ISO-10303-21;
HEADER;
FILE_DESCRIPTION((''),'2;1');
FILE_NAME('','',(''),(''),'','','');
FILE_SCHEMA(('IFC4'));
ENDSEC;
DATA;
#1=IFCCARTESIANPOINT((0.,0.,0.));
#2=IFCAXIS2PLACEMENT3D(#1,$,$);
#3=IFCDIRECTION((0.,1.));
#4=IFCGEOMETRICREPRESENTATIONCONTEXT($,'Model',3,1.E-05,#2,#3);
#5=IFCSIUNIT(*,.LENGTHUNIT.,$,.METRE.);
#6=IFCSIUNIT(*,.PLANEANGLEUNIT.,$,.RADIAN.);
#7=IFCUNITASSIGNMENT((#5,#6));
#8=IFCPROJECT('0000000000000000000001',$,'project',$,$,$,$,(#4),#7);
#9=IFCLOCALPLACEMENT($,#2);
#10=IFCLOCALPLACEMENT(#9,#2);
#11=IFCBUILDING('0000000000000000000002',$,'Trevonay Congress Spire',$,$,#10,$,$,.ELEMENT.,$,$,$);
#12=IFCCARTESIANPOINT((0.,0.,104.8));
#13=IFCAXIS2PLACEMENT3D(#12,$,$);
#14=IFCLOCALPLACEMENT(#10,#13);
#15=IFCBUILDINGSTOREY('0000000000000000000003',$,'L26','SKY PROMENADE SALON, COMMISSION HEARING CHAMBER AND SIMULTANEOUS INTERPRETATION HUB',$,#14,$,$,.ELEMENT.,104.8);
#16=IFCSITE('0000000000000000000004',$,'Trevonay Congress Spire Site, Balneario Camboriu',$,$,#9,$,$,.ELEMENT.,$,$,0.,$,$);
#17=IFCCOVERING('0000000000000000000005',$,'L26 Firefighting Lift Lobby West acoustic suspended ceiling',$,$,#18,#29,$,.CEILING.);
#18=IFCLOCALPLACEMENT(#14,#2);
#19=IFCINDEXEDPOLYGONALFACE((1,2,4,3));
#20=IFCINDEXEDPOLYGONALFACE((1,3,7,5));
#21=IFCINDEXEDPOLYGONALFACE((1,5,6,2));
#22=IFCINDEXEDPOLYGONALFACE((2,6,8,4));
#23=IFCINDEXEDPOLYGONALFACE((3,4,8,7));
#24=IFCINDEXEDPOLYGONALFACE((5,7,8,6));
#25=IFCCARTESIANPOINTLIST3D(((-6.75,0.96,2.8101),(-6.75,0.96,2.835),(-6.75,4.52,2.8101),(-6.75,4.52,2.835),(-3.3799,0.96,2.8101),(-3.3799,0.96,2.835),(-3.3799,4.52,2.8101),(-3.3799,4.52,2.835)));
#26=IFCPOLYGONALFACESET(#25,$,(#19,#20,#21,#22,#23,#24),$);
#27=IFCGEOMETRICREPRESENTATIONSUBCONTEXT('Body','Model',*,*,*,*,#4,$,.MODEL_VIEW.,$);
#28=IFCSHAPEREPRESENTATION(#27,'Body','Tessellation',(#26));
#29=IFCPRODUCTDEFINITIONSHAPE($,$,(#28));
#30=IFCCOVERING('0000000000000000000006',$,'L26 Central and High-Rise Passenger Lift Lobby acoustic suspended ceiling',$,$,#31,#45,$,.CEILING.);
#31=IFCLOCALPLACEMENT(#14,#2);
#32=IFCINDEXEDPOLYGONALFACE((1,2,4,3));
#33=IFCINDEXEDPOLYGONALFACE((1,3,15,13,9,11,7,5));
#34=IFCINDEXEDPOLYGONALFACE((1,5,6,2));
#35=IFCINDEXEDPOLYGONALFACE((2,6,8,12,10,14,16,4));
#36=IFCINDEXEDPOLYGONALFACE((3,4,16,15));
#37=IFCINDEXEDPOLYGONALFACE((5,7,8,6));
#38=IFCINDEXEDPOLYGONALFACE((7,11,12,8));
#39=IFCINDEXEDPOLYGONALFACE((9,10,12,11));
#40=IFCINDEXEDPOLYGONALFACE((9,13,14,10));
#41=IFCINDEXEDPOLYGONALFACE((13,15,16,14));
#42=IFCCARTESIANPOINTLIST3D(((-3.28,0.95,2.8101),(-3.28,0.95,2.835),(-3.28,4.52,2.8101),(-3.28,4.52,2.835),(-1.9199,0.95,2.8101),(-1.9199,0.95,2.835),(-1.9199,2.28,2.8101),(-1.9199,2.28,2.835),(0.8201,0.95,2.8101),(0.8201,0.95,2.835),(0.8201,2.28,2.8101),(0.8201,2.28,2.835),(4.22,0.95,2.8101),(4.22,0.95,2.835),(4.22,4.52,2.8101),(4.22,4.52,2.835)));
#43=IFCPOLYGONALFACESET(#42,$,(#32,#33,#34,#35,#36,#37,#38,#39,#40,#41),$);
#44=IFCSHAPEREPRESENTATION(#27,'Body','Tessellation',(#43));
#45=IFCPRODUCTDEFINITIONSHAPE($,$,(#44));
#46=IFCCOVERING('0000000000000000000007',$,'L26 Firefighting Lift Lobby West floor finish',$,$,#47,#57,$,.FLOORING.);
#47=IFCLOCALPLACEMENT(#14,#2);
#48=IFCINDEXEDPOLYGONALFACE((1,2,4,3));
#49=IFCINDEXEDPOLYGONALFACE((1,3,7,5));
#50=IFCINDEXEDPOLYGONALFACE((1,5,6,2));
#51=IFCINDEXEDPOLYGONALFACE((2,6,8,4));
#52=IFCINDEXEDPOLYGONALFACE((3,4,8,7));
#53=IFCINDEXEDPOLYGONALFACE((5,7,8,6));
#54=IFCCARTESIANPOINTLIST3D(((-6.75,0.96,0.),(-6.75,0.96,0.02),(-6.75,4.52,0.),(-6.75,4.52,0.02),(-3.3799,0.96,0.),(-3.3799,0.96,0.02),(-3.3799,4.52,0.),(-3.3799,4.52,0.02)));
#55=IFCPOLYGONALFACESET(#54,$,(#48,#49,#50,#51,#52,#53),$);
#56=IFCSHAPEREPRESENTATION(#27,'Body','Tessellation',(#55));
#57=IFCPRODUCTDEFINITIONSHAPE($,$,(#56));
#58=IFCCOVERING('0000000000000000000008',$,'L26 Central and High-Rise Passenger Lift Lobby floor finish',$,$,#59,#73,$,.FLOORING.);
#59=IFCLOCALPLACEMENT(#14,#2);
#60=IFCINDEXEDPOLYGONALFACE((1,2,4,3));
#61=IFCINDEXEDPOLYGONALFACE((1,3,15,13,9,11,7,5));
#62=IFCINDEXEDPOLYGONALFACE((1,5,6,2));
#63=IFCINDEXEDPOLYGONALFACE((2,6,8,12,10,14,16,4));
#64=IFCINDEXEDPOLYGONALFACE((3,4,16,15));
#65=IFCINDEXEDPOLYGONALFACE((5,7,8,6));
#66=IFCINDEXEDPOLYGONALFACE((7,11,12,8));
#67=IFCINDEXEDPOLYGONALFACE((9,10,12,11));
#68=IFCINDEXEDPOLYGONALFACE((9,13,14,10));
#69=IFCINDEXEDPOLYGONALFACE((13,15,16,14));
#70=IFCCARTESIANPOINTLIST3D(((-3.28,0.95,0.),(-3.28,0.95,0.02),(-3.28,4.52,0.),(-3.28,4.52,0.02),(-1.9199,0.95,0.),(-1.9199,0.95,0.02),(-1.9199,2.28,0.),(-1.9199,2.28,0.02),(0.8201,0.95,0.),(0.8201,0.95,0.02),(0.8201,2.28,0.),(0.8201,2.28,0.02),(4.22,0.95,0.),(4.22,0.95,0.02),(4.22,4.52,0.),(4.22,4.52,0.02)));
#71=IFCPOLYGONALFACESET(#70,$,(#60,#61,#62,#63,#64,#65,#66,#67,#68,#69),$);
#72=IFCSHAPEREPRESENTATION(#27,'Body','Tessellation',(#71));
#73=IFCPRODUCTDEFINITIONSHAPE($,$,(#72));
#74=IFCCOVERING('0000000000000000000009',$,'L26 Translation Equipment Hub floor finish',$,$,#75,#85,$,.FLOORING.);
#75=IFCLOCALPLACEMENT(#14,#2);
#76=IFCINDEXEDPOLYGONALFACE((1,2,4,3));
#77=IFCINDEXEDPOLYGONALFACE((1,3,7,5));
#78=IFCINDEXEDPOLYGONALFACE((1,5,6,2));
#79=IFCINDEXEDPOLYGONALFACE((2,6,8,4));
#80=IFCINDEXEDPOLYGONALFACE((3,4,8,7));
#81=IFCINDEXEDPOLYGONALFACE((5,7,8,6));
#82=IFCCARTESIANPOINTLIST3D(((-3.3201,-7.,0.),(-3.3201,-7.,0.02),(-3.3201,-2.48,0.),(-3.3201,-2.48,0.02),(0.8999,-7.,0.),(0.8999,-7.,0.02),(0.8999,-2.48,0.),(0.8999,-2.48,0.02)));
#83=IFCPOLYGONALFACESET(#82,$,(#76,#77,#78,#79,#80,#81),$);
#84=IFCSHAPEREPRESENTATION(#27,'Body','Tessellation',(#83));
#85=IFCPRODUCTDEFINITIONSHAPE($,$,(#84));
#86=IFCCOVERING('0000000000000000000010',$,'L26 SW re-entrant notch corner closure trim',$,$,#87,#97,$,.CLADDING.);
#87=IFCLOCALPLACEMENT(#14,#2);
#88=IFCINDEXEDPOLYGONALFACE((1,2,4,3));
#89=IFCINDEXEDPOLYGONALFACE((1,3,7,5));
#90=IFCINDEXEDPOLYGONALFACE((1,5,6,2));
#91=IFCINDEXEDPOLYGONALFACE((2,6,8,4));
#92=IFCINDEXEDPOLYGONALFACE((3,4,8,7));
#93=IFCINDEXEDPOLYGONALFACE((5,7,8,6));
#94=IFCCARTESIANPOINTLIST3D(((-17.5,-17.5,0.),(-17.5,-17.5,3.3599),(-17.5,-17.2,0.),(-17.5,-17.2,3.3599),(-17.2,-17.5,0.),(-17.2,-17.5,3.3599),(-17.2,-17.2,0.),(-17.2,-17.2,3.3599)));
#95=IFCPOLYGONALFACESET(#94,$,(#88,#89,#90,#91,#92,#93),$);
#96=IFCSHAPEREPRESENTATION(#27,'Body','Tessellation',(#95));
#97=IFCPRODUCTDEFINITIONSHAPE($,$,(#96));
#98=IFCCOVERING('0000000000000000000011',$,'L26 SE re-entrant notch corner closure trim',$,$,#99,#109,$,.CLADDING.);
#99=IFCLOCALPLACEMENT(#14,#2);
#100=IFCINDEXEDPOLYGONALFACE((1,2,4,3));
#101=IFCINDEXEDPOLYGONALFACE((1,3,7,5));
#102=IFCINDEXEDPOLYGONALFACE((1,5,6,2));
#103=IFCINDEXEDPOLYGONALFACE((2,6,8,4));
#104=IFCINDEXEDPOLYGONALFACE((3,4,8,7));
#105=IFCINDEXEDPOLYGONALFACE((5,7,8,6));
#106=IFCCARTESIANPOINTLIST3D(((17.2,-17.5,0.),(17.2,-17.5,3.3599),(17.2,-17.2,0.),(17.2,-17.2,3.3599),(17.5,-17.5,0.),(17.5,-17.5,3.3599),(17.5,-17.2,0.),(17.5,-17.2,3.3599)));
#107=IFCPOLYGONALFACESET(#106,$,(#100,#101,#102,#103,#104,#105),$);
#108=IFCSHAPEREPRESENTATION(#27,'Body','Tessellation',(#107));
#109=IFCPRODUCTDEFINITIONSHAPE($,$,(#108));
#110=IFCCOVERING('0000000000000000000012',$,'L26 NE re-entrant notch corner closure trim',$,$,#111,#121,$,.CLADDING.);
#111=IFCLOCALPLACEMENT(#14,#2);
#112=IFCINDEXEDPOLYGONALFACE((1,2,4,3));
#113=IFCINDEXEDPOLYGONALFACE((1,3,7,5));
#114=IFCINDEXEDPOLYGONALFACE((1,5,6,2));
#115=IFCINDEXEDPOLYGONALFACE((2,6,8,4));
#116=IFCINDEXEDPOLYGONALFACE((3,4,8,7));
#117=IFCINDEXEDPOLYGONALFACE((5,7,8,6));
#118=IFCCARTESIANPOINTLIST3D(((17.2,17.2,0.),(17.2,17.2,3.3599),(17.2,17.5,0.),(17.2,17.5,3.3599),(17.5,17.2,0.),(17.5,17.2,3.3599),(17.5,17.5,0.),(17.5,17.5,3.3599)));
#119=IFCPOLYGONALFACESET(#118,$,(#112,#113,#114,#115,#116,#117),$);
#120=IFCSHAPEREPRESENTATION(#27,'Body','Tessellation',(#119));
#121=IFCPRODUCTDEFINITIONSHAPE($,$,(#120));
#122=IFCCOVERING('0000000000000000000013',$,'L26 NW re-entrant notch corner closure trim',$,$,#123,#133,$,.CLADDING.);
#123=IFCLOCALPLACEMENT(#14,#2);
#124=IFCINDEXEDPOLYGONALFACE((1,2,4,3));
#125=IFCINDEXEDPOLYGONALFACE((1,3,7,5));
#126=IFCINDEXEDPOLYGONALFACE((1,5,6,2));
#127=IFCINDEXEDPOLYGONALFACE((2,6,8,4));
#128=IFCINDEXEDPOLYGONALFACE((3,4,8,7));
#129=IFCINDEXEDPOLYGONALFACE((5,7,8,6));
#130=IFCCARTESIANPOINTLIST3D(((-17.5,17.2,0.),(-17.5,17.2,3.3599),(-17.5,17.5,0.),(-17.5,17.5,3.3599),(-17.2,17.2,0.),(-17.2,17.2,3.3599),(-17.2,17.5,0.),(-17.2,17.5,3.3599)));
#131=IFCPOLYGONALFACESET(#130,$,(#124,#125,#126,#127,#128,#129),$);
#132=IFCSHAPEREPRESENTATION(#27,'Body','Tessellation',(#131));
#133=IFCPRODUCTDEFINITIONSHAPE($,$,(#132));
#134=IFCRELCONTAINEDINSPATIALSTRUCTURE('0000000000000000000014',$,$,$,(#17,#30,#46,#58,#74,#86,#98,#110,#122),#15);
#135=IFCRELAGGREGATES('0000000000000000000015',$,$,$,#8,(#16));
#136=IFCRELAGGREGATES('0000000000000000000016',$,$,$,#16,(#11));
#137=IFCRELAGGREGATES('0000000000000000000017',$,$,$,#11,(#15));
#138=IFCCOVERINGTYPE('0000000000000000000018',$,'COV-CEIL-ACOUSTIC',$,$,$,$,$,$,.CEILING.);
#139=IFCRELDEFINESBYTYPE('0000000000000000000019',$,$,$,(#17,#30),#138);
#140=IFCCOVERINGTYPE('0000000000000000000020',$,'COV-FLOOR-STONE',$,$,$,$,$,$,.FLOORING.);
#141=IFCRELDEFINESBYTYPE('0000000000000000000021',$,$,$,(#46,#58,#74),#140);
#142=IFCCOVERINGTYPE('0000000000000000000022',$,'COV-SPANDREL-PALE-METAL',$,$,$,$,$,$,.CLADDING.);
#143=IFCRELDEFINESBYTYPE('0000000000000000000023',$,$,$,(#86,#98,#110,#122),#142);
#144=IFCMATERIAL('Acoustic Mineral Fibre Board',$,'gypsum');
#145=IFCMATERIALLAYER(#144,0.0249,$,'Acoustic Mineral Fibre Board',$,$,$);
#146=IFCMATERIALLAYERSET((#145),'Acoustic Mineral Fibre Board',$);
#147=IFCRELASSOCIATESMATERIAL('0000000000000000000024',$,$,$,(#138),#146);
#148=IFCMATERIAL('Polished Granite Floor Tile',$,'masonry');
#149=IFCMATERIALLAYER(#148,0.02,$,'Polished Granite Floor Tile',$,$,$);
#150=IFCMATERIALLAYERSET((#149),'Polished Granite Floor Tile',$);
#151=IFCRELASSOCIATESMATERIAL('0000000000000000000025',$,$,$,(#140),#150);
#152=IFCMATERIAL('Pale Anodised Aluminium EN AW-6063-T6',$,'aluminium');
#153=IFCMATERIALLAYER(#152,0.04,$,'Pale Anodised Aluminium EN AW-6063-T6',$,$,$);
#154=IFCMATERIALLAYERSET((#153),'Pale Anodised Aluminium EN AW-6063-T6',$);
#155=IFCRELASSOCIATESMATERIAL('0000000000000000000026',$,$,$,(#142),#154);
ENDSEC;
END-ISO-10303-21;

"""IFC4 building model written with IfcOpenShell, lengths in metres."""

from ifc_helpers import new_model, si_unit, direction, frame, origin, place, context, subcontext, project, spatial, polyline, outline, extrude, material, layer, layer_set, type_object, element, save


model = new_model("IFC4")

# Units and contexts
model_context = context("Model", 3, precision=1e-05, world=origin(), true_north=direction((0.0, 1.0)))
body_context = subcontext(model_context, "Body", "Model", "MODEL_VIEW")
ifc_project = project(units=[si_unit("LENGTHUNIT", "METRE"), si_unit("PLANEANGLEUNIT", "RADIAN")], contexts=[model_context])

# Site, building, storey
site_placement = place(None, origin())
site = spatial("IfcSite", under=ifc_project, at=site_placement, Name="Trevonay Congress Spire Site, Balneario Camboriu", CompositionType="ELEMENT", RefElevation=0.0)
building_placement = place(site_placement, origin())
building = spatial("IfcBuilding", under=site, at=building_placement, Name="Trevonay Congress Spire", CompositionType="ELEMENT")
storey_placement = place(building_placement, frame((0.0, 0.0, 104.8)))
storey = spatial("IfcBuildingStorey", under=building, at=storey_placement, Name="L26", Description="SKY PROMENADE SALON, COMMISSION HEARING CHAMBER AND SIMULTANEOUS INTERPRETATION HUB", CompositionType="ELEMENT", Elevation=104.8)

# Shared definitions
ifc_material_1 = material(Name="Pale Anodised Aluminium EN AW-6063-T6", Category="aluminium")

# Coverings
ifc_material_2 = material(Name="Acoustic Mineral Fibre Board", Category="gypsum")
ifc_layer_1 = layer(ifc_material_2, 0.0249, Name="Acoustic Mineral Fibre Board")
ifc_layer_set_1 = layer_set([ifc_layer_1], Name="Acoustic Mineral Fibre Board")
covering_type_1 = type_object("IfcCoveringType", Name="COV-CEIL-ACOUSTIC", PredefinedType="CEILING", material=ifc_layer_set_1)
covering_1_placement = place(storey_placement, frame((0.0, 0.0, 2.8101)))
element("IfcCovering", 1, at=covering_1_placement, inside=storey, type_object=covering_type_1, Name="L26 Firefighting Lift Lobby West acoustic suspended ceiling", PredefinedType="CEILING", context=body_context, shape_type="SweptSolid", body=[
    extrude(outline(polyline([(-6.75, 0.96), (-3.3799, 0.96), (-3.3799, 4.52), (-6.75, 4.52), (-6.75, 0.96)])), origin(), (0.0, 0.0, 1.0), 0.0249),
])
covering_2_placement = place(storey_placement, frame((0.0, 0.0, 2.8101)))
element("IfcCovering", 2, at=covering_2_placement, inside=storey, type_object=covering_type_1, Name="L26 Central and High-Rise Passenger Lift Lobby acoustic suspended ceiling", PredefinedType="CEILING", context=body_context, shape_type="SweptSolid", body=[
    extrude(outline(polyline([(-3.28, 0.95), (-1.9199, 0.95), (-1.9199, 2.28), (0.8201, 2.28), (0.8201, 0.95), (4.22, 0.95), (4.22, 4.52), (-3.28, 4.52), (-3.28, 0.95)])), origin(), (0.0, 0.0, 1.0), 0.0249),
])
ifc_material_3 = material(Name="Polished Granite Floor Tile", Category="masonry")
ifc_layer_2 = layer(ifc_material_3, 0.02, Name="Polished Granite Floor Tile")
ifc_layer_set_2 = layer_set([ifc_layer_2], Name="Polished Granite Floor Tile")
covering_type_2 = type_object("IfcCoveringType", Name="COV-FLOOR-STONE", PredefinedType="FLOORING", material=ifc_layer_set_2)
covering_3_placement = place(storey_placement, origin())
element("IfcCovering", 3, at=covering_3_placement, inside=storey, type_object=covering_type_2, Name="L26 Firefighting Lift Lobby West floor finish", PredefinedType="FLOORING", context=body_context, shape_type="SweptSolid", body=[
    extrude(outline(polyline([(-6.75, 0.96), (-3.3799, 0.96), (-3.3799, 4.52), (-6.75, 4.52), (-6.75, 0.96)])), origin(), (0.0, 0.0, 1.0), 0.02),
])
covering_4_placement = place(storey_placement, origin())
element("IfcCovering", 4, at=covering_4_placement, inside=storey, type_object=covering_type_2, Name="L26 Central and High-Rise Passenger Lift Lobby floor finish", PredefinedType="FLOORING", context=body_context, shape_type="SweptSolid", body=[
    extrude(outline(polyline([(-3.28, 0.95), (-1.9199, 0.95), (-1.9199, 2.28), (0.8201, 2.28), (0.8201, 0.95), (4.22, 0.95), (4.22, 4.52), (-3.28, 4.52), (-3.28, 0.95)])), origin(), (0.0, 0.0, 1.0), 0.02),
])
covering_5_placement = place(storey_placement, origin())
element("IfcCovering", 5, at=covering_5_placement, inside=storey, type_object=covering_type_2, Name="L26 Translation Equipment Hub floor finish", PredefinedType="FLOORING", context=body_context, shape_type="SweptSolid", body=[
    extrude(outline(polyline([(-3.3201, -7.0), (0.8999, -7.0), (0.8999, -2.48), (-3.3201, -2.48), (-3.3201, -7.0)])), origin(), (0.0, 0.0, 1.0), 0.02),
])
ifc_layer_3 = layer(ifc_material_1, 0.04, Name="Pale Anodised Aluminium EN AW-6063-T6")
ifc_layer_set_3 = layer_set([ifc_layer_3], Name="Pale Anodised Aluminium EN AW-6063-T6")
covering_type_3 = type_object("IfcCoveringType", Name="COV-SPANDREL-PALE-METAL", PredefinedType="CLADDING", material=ifc_layer_set_3)
covering_6_placement = place(storey_placement, origin())
element("IfcCovering", 6, at=covering_6_placement, inside=storey, type_object=covering_type_3, Name="L26 SW re-entrant notch corner closure trim", PredefinedType="CLADDING", context=body_context, shape_type="SweptSolid", body=[
    extrude(outline(polyline([(-17.5, -17.5), (-17.2, -17.5), (-17.2, -17.2), (-17.5, -17.2), (-17.5, -17.5)])), origin(), (0.0, 0.0, 1.0), 3.3599),
])
covering_7_placement = place(storey_placement, origin())
element("IfcCovering", 7, at=covering_7_placement, inside=storey, type_object=covering_type_3, Name="L26 SE re-entrant notch corner closure trim", PredefinedType="CLADDING", context=body_context, shape_type="SweptSolid", body=[
    extrude(outline(polyline([(17.2, -17.5), (17.5, -17.5), (17.5, -17.2), (17.2, -17.2), (17.2, -17.5)])), origin(), (0.0, 0.0, 1.0), 3.3599),
])
covering_8_placement = place(storey_placement, origin())
element("IfcCovering", 8, at=covering_8_placement, inside=storey, type_object=covering_type_3, Name="L26 NE re-entrant notch corner closure trim", PredefinedType="CLADDING", context=body_context, shape_type="SweptSolid", body=[
    extrude(outline(polyline([(17.2, 17.2), (17.5, 17.2), (17.5, 17.5), (17.2, 17.5), (17.2, 17.2)])), origin(), (0.0, 0.0, 1.0), 3.3599),
])
covering_9_placement = place(storey_placement, origin())
element("IfcCovering", 9, at=covering_9_placement, inside=storey, type_object=covering_type_3, Name="L26 NW re-entrant notch corner closure trim", PredefinedType="CLADDING", context=body_context, shape_type="SweptSolid", body=[
    extrude(outline(polyline([(-17.5, 17.2), (-17.2, 17.2), (-17.2, 17.5), (-17.5, 17.5), (-17.5, 17.2)])), origin(), (0.0, 0.0, 1.0), 3.3599),
])

save(model, "model.ifc")
